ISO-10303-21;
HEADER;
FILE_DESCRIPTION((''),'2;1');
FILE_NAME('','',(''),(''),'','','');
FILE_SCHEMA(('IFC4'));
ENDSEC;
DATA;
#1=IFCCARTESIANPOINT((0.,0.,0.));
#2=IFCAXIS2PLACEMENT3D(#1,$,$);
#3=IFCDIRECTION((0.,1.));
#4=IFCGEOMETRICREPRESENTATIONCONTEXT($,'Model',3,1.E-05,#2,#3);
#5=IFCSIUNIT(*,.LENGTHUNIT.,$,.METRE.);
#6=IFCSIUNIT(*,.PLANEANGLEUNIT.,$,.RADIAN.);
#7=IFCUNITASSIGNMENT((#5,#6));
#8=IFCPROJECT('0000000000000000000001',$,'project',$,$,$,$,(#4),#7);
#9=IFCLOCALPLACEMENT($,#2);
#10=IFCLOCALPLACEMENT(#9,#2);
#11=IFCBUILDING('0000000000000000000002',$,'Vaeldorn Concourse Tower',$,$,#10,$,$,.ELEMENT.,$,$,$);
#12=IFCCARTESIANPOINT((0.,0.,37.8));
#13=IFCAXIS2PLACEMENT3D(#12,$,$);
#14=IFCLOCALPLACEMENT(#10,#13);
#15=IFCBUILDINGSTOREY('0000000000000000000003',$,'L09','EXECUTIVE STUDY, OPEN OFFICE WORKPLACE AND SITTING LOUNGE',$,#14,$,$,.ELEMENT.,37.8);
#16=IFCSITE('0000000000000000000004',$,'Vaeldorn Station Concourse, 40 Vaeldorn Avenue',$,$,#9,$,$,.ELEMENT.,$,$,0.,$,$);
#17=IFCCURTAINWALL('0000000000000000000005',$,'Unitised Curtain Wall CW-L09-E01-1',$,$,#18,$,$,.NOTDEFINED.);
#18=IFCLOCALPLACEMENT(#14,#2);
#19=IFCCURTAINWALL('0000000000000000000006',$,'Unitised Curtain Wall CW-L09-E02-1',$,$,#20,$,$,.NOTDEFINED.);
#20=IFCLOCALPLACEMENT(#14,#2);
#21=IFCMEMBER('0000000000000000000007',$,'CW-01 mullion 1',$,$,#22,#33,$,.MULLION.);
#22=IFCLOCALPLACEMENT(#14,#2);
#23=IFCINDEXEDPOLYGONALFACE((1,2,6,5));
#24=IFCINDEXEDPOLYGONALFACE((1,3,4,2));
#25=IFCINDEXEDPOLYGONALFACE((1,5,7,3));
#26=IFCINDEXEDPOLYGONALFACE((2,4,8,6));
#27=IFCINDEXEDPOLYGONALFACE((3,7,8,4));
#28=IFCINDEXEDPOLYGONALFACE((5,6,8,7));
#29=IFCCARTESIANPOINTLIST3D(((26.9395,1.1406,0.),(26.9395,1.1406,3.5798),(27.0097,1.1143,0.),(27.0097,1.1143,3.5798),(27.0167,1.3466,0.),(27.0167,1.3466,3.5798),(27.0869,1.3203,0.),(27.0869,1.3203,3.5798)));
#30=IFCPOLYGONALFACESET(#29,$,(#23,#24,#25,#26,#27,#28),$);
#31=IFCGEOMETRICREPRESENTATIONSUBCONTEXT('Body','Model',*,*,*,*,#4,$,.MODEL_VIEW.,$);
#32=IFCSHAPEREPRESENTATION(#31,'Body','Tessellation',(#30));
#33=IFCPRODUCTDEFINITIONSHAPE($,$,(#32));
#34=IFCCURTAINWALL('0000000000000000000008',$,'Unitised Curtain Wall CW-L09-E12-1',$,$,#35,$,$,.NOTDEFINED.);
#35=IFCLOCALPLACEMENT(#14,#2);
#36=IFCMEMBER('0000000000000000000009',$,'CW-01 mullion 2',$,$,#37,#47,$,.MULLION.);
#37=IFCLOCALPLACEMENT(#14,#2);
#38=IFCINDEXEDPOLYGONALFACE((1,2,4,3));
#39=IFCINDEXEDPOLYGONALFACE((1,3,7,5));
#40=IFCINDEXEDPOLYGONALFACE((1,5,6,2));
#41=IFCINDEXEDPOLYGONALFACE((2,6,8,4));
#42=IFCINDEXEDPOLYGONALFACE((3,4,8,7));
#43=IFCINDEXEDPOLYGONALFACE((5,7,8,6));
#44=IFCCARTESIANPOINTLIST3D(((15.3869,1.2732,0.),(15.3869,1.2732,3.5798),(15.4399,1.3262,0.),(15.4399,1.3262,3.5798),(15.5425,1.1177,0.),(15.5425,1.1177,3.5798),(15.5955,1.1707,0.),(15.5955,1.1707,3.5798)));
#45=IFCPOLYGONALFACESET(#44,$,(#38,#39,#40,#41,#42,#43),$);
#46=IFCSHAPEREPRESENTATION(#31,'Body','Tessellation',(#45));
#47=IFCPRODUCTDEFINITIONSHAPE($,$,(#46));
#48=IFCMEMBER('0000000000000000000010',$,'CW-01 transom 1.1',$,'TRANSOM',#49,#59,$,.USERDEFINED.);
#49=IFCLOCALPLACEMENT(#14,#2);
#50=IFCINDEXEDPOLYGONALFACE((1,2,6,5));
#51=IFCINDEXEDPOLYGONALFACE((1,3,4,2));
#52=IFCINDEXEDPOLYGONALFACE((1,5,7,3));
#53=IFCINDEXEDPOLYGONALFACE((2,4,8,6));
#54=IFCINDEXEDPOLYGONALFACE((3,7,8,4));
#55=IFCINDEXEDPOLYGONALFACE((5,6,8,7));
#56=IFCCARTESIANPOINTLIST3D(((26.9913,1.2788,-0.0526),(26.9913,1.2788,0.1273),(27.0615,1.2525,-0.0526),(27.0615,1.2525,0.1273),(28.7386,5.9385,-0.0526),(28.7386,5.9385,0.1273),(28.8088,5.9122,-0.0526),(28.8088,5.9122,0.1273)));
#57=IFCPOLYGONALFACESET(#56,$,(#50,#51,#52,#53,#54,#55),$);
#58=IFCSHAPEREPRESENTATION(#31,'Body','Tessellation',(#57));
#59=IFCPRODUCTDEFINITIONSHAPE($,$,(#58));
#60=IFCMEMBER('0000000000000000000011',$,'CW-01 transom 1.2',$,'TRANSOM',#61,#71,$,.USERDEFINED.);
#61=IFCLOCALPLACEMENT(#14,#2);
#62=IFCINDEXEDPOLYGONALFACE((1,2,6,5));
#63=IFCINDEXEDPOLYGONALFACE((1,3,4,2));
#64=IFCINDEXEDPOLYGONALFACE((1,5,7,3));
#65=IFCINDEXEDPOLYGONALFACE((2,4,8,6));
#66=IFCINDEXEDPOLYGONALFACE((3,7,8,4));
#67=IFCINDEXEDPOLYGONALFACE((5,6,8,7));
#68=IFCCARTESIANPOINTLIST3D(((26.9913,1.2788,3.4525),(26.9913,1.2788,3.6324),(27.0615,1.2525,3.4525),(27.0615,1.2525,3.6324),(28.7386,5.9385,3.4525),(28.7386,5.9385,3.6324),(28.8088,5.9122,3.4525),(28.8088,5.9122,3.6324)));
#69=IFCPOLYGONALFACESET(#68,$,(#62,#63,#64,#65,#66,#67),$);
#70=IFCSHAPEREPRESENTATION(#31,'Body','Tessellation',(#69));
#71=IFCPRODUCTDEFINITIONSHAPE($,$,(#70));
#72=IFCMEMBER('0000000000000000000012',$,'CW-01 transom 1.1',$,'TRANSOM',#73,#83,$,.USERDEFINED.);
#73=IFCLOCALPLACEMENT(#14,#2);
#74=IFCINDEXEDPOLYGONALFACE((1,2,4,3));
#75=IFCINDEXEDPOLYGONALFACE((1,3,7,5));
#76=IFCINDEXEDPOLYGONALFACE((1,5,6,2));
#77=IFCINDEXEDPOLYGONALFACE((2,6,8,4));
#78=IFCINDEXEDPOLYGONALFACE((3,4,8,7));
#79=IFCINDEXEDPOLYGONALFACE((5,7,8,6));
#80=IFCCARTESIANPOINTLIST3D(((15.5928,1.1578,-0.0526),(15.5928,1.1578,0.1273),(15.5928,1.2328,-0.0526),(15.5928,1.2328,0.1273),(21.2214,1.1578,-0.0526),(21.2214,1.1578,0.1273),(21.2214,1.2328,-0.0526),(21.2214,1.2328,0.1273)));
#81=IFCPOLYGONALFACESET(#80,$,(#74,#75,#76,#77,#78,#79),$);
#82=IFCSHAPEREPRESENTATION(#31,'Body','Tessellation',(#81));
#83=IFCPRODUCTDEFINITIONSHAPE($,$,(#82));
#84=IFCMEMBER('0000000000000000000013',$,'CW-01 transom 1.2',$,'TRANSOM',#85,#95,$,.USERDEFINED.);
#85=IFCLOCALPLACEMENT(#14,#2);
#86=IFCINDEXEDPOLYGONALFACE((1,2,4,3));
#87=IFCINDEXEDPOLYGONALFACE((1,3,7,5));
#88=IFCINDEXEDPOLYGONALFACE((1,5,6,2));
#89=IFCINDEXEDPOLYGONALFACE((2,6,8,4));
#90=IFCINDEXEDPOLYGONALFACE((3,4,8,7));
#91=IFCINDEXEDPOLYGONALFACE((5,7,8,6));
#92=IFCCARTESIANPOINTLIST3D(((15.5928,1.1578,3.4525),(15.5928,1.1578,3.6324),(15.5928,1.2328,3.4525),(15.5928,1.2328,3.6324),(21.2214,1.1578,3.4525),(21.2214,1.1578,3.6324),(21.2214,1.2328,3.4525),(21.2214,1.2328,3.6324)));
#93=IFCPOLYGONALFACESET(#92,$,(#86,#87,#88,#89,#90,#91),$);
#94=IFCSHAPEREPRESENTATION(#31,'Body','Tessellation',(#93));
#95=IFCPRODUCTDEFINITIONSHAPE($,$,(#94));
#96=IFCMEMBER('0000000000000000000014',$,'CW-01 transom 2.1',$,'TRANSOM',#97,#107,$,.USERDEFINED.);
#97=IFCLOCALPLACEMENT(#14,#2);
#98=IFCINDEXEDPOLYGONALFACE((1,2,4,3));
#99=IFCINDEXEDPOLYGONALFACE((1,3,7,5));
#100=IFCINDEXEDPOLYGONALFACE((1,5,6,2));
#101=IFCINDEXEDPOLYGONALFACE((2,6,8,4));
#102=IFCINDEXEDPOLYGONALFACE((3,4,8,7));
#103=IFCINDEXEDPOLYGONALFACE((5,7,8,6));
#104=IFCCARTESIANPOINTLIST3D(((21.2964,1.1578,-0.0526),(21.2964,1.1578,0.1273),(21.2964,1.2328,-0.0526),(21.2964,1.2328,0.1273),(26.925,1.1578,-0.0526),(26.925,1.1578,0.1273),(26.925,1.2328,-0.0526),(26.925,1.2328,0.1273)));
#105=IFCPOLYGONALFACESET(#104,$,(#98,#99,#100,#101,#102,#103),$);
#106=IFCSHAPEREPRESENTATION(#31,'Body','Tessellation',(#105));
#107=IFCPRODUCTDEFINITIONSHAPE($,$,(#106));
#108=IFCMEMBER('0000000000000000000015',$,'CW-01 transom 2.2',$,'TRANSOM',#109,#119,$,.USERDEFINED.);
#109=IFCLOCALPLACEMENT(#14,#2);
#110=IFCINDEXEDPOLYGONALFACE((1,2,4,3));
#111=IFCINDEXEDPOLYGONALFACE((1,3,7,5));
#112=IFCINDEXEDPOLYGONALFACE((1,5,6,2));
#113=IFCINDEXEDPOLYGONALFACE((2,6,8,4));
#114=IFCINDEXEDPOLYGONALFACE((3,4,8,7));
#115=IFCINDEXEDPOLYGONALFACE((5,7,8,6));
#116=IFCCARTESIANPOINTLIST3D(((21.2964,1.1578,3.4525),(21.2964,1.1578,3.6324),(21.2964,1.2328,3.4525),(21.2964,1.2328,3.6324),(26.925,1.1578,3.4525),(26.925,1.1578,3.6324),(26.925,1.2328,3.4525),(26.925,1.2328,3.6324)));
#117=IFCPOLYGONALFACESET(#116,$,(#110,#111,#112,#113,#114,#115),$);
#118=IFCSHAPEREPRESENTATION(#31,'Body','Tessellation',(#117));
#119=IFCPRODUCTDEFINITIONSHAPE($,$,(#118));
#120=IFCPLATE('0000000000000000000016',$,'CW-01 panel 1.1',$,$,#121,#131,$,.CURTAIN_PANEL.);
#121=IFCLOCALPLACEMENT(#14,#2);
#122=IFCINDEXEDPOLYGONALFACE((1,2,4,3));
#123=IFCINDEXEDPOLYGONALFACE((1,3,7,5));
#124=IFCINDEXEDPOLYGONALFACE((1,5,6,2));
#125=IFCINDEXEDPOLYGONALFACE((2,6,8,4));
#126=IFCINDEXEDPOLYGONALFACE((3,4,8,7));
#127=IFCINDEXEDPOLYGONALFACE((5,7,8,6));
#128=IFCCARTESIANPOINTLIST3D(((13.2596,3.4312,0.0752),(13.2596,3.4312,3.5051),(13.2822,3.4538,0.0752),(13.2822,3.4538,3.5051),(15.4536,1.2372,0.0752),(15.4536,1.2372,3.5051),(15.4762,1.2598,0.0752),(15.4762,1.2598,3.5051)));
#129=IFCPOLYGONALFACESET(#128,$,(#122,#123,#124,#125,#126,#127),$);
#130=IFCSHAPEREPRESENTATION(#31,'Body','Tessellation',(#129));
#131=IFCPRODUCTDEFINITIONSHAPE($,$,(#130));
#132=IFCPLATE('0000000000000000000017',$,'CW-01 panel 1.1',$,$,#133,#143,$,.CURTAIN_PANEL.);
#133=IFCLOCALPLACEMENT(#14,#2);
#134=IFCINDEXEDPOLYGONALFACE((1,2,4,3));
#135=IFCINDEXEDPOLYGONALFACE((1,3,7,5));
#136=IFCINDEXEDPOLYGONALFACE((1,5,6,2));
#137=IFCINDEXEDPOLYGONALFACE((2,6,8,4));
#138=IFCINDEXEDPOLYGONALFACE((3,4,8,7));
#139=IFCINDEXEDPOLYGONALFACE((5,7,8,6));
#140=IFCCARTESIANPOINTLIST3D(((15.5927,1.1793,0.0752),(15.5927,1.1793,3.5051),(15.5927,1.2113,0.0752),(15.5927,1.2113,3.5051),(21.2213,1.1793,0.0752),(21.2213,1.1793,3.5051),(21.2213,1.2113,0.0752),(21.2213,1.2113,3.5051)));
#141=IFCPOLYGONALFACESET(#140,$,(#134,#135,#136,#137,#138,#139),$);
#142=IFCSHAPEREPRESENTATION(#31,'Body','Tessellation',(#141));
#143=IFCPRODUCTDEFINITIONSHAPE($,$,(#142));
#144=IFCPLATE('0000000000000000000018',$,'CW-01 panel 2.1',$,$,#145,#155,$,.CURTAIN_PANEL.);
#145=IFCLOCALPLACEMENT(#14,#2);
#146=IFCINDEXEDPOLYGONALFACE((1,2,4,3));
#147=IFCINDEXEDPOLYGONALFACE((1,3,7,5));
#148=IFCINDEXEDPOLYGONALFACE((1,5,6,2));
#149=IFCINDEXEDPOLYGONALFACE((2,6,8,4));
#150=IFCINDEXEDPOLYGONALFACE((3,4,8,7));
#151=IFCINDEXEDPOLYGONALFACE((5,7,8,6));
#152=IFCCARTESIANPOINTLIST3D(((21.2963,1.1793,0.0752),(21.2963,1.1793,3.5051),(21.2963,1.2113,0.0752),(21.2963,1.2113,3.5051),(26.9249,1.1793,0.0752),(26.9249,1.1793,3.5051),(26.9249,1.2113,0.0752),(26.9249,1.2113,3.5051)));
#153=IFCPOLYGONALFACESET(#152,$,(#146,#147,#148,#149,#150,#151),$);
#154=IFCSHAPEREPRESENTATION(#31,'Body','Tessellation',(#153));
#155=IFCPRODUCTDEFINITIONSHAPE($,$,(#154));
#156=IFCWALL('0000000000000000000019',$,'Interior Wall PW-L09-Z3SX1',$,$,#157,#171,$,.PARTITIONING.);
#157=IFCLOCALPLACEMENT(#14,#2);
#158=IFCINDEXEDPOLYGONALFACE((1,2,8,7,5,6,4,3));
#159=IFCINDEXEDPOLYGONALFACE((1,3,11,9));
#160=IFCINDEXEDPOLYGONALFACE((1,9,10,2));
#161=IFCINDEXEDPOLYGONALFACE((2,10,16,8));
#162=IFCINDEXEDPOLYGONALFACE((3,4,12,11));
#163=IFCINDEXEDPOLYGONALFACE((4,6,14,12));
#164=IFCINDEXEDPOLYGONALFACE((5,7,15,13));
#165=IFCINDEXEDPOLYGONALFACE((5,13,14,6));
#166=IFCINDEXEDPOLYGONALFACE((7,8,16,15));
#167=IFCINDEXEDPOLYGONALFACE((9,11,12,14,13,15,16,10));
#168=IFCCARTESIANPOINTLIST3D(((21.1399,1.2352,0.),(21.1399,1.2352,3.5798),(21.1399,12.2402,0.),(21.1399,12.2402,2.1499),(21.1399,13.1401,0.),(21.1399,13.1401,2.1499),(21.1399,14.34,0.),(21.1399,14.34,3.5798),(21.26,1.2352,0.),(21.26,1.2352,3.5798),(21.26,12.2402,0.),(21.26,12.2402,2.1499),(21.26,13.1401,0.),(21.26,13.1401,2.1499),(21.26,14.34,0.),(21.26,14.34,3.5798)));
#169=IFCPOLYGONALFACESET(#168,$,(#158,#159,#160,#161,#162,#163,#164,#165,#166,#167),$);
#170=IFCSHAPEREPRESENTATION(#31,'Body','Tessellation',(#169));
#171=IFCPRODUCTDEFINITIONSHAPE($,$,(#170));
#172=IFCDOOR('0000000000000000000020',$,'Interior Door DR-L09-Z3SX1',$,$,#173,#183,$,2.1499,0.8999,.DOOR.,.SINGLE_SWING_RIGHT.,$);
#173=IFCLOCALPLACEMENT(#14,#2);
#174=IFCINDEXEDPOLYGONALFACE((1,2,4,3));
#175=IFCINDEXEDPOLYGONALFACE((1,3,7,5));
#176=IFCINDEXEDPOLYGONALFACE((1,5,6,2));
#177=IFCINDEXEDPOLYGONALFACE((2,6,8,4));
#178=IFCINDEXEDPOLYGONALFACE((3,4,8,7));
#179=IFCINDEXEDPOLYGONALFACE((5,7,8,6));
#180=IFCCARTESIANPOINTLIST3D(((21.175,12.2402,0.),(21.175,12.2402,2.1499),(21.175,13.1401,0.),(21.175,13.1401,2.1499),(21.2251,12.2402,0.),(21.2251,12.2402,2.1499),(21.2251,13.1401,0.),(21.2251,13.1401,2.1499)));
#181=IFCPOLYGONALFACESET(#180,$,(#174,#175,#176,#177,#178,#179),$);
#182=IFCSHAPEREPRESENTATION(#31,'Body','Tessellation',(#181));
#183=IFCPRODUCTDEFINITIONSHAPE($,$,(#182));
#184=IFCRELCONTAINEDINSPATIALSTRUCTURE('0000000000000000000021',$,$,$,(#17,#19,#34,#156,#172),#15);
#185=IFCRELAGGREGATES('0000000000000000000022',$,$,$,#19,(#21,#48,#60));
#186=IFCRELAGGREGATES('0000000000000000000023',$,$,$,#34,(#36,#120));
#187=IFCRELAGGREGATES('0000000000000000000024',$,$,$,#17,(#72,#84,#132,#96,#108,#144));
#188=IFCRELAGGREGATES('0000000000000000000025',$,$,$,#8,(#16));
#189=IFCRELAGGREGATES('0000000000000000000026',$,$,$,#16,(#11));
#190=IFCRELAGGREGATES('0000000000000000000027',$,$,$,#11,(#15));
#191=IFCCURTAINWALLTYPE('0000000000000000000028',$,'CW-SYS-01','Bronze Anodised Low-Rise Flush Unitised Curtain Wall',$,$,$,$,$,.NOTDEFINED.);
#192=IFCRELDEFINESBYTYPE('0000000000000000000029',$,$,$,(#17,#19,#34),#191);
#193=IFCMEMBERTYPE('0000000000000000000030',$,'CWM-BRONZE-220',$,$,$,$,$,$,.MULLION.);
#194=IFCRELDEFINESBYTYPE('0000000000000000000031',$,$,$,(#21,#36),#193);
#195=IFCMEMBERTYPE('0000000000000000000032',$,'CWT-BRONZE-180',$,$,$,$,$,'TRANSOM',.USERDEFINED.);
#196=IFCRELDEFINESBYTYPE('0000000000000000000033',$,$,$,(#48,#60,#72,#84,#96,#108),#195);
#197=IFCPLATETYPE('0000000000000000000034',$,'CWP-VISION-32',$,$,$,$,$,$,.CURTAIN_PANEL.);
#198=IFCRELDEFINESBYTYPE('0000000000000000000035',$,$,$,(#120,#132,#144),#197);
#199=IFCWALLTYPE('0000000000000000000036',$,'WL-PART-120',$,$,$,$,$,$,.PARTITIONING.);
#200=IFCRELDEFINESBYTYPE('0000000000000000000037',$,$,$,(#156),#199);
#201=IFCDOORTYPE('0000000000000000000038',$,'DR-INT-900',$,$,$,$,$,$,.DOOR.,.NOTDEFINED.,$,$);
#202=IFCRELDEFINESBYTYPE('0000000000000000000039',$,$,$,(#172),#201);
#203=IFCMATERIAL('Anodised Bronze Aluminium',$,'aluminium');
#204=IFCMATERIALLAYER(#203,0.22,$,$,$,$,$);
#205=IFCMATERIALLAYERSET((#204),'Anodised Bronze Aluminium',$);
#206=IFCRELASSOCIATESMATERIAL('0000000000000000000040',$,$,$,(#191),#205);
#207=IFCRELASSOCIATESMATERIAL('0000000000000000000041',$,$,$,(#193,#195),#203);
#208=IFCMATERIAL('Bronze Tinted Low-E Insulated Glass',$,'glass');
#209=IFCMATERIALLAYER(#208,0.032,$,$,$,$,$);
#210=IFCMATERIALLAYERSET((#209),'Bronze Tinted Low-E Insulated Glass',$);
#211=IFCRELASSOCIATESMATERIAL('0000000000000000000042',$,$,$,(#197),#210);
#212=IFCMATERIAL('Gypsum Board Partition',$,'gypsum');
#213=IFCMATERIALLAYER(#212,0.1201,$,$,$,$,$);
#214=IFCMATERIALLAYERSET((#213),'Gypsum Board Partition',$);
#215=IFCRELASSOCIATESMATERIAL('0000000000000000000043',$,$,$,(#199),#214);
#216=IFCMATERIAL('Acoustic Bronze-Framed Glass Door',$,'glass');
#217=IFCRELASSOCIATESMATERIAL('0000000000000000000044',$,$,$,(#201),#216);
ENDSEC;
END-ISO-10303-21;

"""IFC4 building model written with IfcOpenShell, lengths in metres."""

from ifc_helpers import new_model, si_unit, direction, frame, frame_2d, origin, origin_2d, place, context, subcontext, project, spatial, rectangle, extrude, source, transform, mapped, material, layer, layer_set, material_profile, profile_set, type_object, element, fill, aggregate, save


model = new_model("IFC4")

# Units and contexts
model_context = context("Model", 3, precision=1e-05, world=origin(), true_north=direction((0.0, 1.0)))
body_context = subcontext(model_context, "Body", "Model", "MODEL_VIEW")
ifc_project = project(units=[si_unit("LENGTHUNIT", "METRE"), si_unit("PLANEANGLEUNIT", "RADIAN")], contexts=[model_context])

# Site, building, storey
site_placement = place(None, origin())
site = spatial("IfcSite", under=ifc_project, at=site_placement, Name="Vaeldorn Station Concourse, 40 Vaeldorn Avenue", CompositionType="ELEMENT", RefElevation=0.0)
building_placement = place(site_placement, origin())
building = spatial("IfcBuilding", under=site, at=building_placement, Name="Vaeldorn Concourse Tower", CompositionType="ELEMENT")
storey_placement = place(building_placement, frame((0.0, 0.0, 37.8)))
storey = spatial("IfcBuildingStorey", under=building, at=storey_placement, Name="L09", Description="EXECUTIVE STUDY, OPEN OFFICE WORKPLACE AND SITTING LOUNGE", CompositionType="ELEMENT", Elevation=37.8)

# Curtain wall
ifc_material_1 = material(Name="Anodised Bronze Aluminium", Category="aluminium")
ifc_layer_1 = layer(ifc_material_1, 0.22)
ifc_layer_set_1 = layer_set([ifc_layer_1], Name="Anodised Bronze Aluminium")
curtain_wall_type = type_object("IfcCurtainWallType", Name="CW-SYS-01", Description="Bronze Anodised Low-Rise Flush Unitised Curtain Wall", PredefinedType="NOTDEFINED", material=ifc_layer_set_1)
curtain_wall_1_placement = place(storey_placement, origin())
curtain_wall_1 = element("IfcCurtainWall", 1, at=curtain_wall_1_placement, inside=storey, type_object=curtain_wall_type, Name="Unitised Curtain Wall CW-L09-E01-1", PredefinedType="NOTDEFINED")
ifc_material_profile_1 = material_profile(ifc_material_1, rectangle(XDim=0.075, YDim=0.22, at=origin_2d()), Name="CWM 75x220")
ifc_profile_set_1 = profile_set([ifc_material_profile_1], Name="Anodised Bronze Aluminium")
member_type_1 = type_object("IfcMemberType", Name="CWM-BRONZE-220", PredefinedType="MULLION", material=ifc_profile_set_1)
shared_shape_1 = source(origin(), body_context, "Body", "SweptSolid", [
    extrude(rectangle(XDim=0.075, YDim=0.22, at=origin_2d()), origin(), (0.0, 0.0, 1.0), 3.5798),
])

# Curtain walls, members
curtain_wall_2_placement = place(storey_placement, origin())
curtain_wall_2 = element("IfcCurtainWall", 2, at=curtain_wall_2_placement, inside=storey, type_object=curtain_wall_type, Name="Unitised Curtain Wall CW-L09-E02-1", PredefinedType="NOTDEFINED")
member_1_placement = place(storey_placement, frame((27.0132, 1.2305, 0.0), z_axis=(0.0, 0.0, 1.0), x_axis=(-0.936329, 0.351123, 0.0)))
member_1 = element("IfcMember", 3, at=member_1_placement, type_object=member_type_1, Name="CW-01 mullion 1", PredefinedType="MULLION", context=body_context, shape_type="MappedRepresentation", body=[
    mapped(shared_shape_1, transform((0.0, 0.0, 0.0), scale=1.0)),
])
curtain_wall_3_placement = place(storey_placement, origin())
curtain_wall_3 = element("IfcCurtainWall", 4, at=curtain_wall_3_placement, inside=storey, type_object=curtain_wall_type, Name="Unitised Curtain Wall CW-L09-E12-1", PredefinedType="NOTDEFINED")
member_2_placement = place(storey_placement, frame((15.4912, 1.2219, 0.0), z_axis=(0.0, 0.0, 1.0), x_axis=(0.707107, 0.707107, 0.0)))
member_2 = element("IfcMember", 5, at=member_2_placement, type_object=member_type_1, Name="CW-01 mullion 2", PredefinedType="MULLION", context=body_context, shape_type="MappedRepresentation", body=[
    mapped(shared_shape_1, transform((0.0, 0.0, 0.0), scale=1.0)),
])

# Members
ifc_material_profile_2 = material_profile(ifc_material_1, rectangle(XDim=0.075, YDim=0.1799, at=origin_2d()), Name="CWT 75x180")
ifc_profile_set_2 = profile_set([ifc_material_profile_2], Name="Anodised Bronze Aluminium")
member_type_2 = type_object("IfcMemberType", Name="CWT-BRONZE-180", ElementType="TRANSOM", PredefinedType="USERDEFINED", material=ifc_profile_set_2)
shared_shape_2 = source(origin(), body_context, "Body", "SweptSolid", [
    extrude(rectangle(XDim=0.075, YDim=0.1799, at=origin_2d()), origin(), (0.0, 0.0, 1.0), 4.9766),
])
member_3_placement = place(storey_placement, frame((27.0264, 1.2656, 0.0374), z_axis=(0.351113, 0.936333, 0.0), x_axis=(-0.936333, 0.351113, 0.0)))
member_3 = element("IfcMember", 6, at=member_3_placement, type_object=member_type_2, Name="CW-01 transom 1.1", ObjectType="TRANSOM", PredefinedType="USERDEFINED", context=body_context, shape_type="MappedRepresentation", body=[
    mapped(shared_shape_2, transform((0.0, 0.0, 0.0), scale=1.0)),
])
member_4_placement = place(storey_placement, frame((27.0264, 1.2656, 3.5425), z_axis=(0.351113, 0.936333, 0.0), x_axis=(-0.936333, 0.351113, 0.0)))
member_4 = element("IfcMember", 7, at=member_4_placement, type_object=member_type_2, Name="CW-01 transom 1.2", ObjectType="TRANSOM", PredefinedType="USERDEFINED", context=body_context, shape_type="MappedRepresentation", body=[
    mapped(shared_shape_2, transform((0.0, 0.0, 0.0), scale=1.0)),
])
aggregate(curtain_wall_2, [member_1, member_3, member_4])
shared_shape_3 = source(origin(), body_context, "Body", "SweptSolid", [
    extrude(rectangle(XDim=0.075, YDim=0.1799, at=origin_2d()), origin(), (0.0, 0.0, 1.0), 5.6287),
])
member_5_placement = place(storey_placement, frame((15.5928, 1.1953, 0.0374), z_axis=(1.0, 0.0, 0.0), x_axis=(0.0, 1.0, 0.0)))
member_5 = element("IfcMember", 8, at=member_5_placement, type_object=member_type_2, Name="CW-01 transom 1.1", ObjectType="TRANSOM", PredefinedType="USERDEFINED", context=body_context, shape_type="MappedRepresentation", body=[
    mapped(shared_shape_3, transform((0.0, 0.0, 0.0), scale=1.0)),
])
member_6_placement = place(storey_placement, frame((15.5928, 1.1953, 3.5425), z_axis=(1.0, 0.0, 0.0), x_axis=(0.0, 1.0, 0.0)))
member_6 = element("IfcMember", 9, at=member_6_placement, type_object=member_type_2, Name="CW-01 transom 1.2", ObjectType="TRANSOM", PredefinedType="USERDEFINED", context=body_context, shape_type="MappedRepresentation", body=[
    mapped(shared_shape_3, transform((0.0, 0.0, 0.0), scale=1.0)),
])
member_7_placement = place(storey_placement, frame((21.2964, 1.1953, 0.0374), z_axis=(1.0, 0.0, 0.0), x_axis=(0.0, 1.0, 0.0)))
member_7 = element("IfcMember", 10, at=member_7_placement, type_object=member_type_2, Name="CW-01 transom 2.1", ObjectType="TRANSOM", PredefinedType="USERDEFINED", context=body_context, shape_type="MappedRepresentation", body=[
    mapped(shared_shape_3, transform((0.0, 0.0, 0.0), scale=1.0)),
])
member_8_placement = place(storey_placement, frame((21.2964, 1.1953, 3.5425), z_axis=(1.0, 0.0, 0.0), x_axis=(0.0, 1.0, 0.0)))
member_8 = element("IfcMember", 11, at=member_8_placement, type_object=member_type_2, Name="CW-01 transom 2.2", ObjectType="TRANSOM", PredefinedType="USERDEFINED", context=body_context, shape_type="MappedRepresentation", body=[
    mapped(shared_shape_3, transform((0.0, 0.0, 0.0), scale=1.0)),
])

# Plates
ifc_material_2 = material(Name="Bronze Tinted Low-E Insulated Glass", Category="glass")
ifc_layer_2 = layer(ifc_material_2, 0.032)
ifc_layer_set_2 = layer_set([ifc_layer_2], Name="Bronze Tinted Low-E Insulated Glass")
plate_type = type_object("IfcPlateType", Name="CWP-VISION-32", PredefinedType="CURTAIN_PANEL", material=ifc_layer_set_2)
shared_shape_4 = source(origin(), body_context, "Body", "SweptSolid", [
    extrude(rectangle(XDim=3.1028, YDim=0.032, at=origin_2d()), origin(), (0.0, 0.0, 1.0), 3.4299),
])
plate_1_placement = place(storey_placement, frame((14.3679, 2.3455, 0.0752), z_axis=(0.0, 0.0, 1.0), x_axis=(0.707107, -0.707107, 0.0)))
plate_1 = element("IfcPlate", 12, at=plate_1_placement, type_object=plate_type, Name="CW-01 panel 1.1", PredefinedType="CURTAIN_PANEL", context=body_context, shape_type="MappedRepresentation", body=[
    mapped(shared_shape_4, transform((0.0, 0.0, 0.0), scale=1.0)),
])
aggregate(curtain_wall_3, [member_2, plate_1])
shared_shape_5 = source(origin(), body_context, "Body", "SweptSolid", [
    extrude(rectangle(XDim=5.6287, YDim=0.032, at=origin_2d()), origin(), (0.0, 0.0, 1.0), 3.4299),
])
plate_2_placement = place(storey_placement, frame((18.407, 1.1953, 0.0752), z_axis=(0.0, 0.0, 1.0), x_axis=(1.0, 0.0, 0.0)))
plate_2 = element("IfcPlate", 13, at=plate_2_placement, type_object=plate_type, Name="CW-01 panel 1.1", PredefinedType="CURTAIN_PANEL", context=body_context, shape_type="MappedRepresentation", body=[
    mapped(shared_shape_5, transform((0.0, 0.0, 0.0), scale=1.0)),
])
plate_3_placement = place(storey_placement, frame((24.1106, 1.1953, 0.0752), z_axis=(0.0, 0.0, 1.0), x_axis=(1.0, 0.0, 0.0)))
plate_3 = element("IfcPlate", 14, at=plate_3_placement, type_object=plate_type, Name="CW-01 panel 2.1", PredefinedType="CURTAIN_PANEL", context=body_context, shape_type="MappedRepresentation", body=[
    mapped(shared_shape_5, transform((0.0, 0.0, 0.0), scale=1.0)),
])
aggregate(curtain_wall_1, [member_5, member_6, plate_2, member_7, member_8, plate_3])

# Wall, opening, door
ifc_material_3 = material(Name="Gypsum Board Partition", Category="gypsum")
ifc_layer_3 = layer(ifc_material_3, 0.1201)
ifc_layer_set_3 = layer_set([ifc_layer_3], Name="Gypsum Board Partition")
wall_type = type_object("IfcWallType", Name="WL-PART-120", PredefinedType="PARTITIONING", material=ifc_layer_set_3)
wall_placement = place(storey_placement, frame((21.2, 1.2354, 0.0), z_axis=(0.0, 0.0, 1.0), x_axis=(0.0, 1.0, 0.0)))
wall = element("IfcWall", 15, at=wall_placement, inside=storey, type_object=wall_type, Name="Interior Wall PW-L09-Z3SX1", PredefinedType="PARTITIONING", context=body_context, shape_type="SweptSolid", body=[
    extrude(rectangle(XDim=13.1047, YDim=0.1201, at=frame_2d((6.5522, 0.0))), origin(), (0.0, 0.0, 1.0), 3.5798),
])
opening_placement = place(wall_placement, frame((11.0049, 0.0, 0.0)))
opening = element("IfcOpeningElement", 16, at=opening_placement, cuts=wall, PredefinedType="OPENING", context=body_context, shape_type="SweptSolid", body=[
    extrude(rectangle(XDim=0.8999, YDim=2.1499, at=frame_2d((0.45, 1.075))), frame((0.0, 0.0701, 0.0), z_axis=(0.0, -1.0, 0.0), x_axis=(1.0, 0.0, 0.0)), (0.0, 0.0, 1.0), 0.1401),
])
ifc_material_4 = material(Name="Acoustic Bronze-Framed Glass Door", Category="glass")
door_type = type_object("IfcDoorType", Name="DR-INT-900", OperationType="NOTDEFINED", PredefinedType="DOOR", material=ifc_material_4)
shared_shape_6 = source(origin(), body_context, "Body", "SweptSolid", [
    extrude(rectangle(XDim=0.8999, YDim=2.1499, at=frame_2d((0.45, 1.075))), frame((0.0, 0.0249, 0.0), z_axis=(0.0, -1.0, 0.0), x_axis=(1.0, 0.0, 0.0)), (0.0, 0.0, 1.0), 0.05),
])
door_placement = place(opening_placement, origin())
door = element("IfcDoor", 17, at=door_placement, inside=storey, type_object=door_type, Name="Interior Door DR-L09-Z3SX1", OperationType="SINGLE_SWING_RIGHT", OverallHeight=2.1499, OverallWidth=0.8999, PredefinedType="DOOR", context=body_context, shape_type="MappedRepresentation", body=[
    mapped(shared_shape_6, transform((0.0, 0.0, 0.0), scale=1.0)),
])
fill(opening, door)

save(model, "model.ifc")
